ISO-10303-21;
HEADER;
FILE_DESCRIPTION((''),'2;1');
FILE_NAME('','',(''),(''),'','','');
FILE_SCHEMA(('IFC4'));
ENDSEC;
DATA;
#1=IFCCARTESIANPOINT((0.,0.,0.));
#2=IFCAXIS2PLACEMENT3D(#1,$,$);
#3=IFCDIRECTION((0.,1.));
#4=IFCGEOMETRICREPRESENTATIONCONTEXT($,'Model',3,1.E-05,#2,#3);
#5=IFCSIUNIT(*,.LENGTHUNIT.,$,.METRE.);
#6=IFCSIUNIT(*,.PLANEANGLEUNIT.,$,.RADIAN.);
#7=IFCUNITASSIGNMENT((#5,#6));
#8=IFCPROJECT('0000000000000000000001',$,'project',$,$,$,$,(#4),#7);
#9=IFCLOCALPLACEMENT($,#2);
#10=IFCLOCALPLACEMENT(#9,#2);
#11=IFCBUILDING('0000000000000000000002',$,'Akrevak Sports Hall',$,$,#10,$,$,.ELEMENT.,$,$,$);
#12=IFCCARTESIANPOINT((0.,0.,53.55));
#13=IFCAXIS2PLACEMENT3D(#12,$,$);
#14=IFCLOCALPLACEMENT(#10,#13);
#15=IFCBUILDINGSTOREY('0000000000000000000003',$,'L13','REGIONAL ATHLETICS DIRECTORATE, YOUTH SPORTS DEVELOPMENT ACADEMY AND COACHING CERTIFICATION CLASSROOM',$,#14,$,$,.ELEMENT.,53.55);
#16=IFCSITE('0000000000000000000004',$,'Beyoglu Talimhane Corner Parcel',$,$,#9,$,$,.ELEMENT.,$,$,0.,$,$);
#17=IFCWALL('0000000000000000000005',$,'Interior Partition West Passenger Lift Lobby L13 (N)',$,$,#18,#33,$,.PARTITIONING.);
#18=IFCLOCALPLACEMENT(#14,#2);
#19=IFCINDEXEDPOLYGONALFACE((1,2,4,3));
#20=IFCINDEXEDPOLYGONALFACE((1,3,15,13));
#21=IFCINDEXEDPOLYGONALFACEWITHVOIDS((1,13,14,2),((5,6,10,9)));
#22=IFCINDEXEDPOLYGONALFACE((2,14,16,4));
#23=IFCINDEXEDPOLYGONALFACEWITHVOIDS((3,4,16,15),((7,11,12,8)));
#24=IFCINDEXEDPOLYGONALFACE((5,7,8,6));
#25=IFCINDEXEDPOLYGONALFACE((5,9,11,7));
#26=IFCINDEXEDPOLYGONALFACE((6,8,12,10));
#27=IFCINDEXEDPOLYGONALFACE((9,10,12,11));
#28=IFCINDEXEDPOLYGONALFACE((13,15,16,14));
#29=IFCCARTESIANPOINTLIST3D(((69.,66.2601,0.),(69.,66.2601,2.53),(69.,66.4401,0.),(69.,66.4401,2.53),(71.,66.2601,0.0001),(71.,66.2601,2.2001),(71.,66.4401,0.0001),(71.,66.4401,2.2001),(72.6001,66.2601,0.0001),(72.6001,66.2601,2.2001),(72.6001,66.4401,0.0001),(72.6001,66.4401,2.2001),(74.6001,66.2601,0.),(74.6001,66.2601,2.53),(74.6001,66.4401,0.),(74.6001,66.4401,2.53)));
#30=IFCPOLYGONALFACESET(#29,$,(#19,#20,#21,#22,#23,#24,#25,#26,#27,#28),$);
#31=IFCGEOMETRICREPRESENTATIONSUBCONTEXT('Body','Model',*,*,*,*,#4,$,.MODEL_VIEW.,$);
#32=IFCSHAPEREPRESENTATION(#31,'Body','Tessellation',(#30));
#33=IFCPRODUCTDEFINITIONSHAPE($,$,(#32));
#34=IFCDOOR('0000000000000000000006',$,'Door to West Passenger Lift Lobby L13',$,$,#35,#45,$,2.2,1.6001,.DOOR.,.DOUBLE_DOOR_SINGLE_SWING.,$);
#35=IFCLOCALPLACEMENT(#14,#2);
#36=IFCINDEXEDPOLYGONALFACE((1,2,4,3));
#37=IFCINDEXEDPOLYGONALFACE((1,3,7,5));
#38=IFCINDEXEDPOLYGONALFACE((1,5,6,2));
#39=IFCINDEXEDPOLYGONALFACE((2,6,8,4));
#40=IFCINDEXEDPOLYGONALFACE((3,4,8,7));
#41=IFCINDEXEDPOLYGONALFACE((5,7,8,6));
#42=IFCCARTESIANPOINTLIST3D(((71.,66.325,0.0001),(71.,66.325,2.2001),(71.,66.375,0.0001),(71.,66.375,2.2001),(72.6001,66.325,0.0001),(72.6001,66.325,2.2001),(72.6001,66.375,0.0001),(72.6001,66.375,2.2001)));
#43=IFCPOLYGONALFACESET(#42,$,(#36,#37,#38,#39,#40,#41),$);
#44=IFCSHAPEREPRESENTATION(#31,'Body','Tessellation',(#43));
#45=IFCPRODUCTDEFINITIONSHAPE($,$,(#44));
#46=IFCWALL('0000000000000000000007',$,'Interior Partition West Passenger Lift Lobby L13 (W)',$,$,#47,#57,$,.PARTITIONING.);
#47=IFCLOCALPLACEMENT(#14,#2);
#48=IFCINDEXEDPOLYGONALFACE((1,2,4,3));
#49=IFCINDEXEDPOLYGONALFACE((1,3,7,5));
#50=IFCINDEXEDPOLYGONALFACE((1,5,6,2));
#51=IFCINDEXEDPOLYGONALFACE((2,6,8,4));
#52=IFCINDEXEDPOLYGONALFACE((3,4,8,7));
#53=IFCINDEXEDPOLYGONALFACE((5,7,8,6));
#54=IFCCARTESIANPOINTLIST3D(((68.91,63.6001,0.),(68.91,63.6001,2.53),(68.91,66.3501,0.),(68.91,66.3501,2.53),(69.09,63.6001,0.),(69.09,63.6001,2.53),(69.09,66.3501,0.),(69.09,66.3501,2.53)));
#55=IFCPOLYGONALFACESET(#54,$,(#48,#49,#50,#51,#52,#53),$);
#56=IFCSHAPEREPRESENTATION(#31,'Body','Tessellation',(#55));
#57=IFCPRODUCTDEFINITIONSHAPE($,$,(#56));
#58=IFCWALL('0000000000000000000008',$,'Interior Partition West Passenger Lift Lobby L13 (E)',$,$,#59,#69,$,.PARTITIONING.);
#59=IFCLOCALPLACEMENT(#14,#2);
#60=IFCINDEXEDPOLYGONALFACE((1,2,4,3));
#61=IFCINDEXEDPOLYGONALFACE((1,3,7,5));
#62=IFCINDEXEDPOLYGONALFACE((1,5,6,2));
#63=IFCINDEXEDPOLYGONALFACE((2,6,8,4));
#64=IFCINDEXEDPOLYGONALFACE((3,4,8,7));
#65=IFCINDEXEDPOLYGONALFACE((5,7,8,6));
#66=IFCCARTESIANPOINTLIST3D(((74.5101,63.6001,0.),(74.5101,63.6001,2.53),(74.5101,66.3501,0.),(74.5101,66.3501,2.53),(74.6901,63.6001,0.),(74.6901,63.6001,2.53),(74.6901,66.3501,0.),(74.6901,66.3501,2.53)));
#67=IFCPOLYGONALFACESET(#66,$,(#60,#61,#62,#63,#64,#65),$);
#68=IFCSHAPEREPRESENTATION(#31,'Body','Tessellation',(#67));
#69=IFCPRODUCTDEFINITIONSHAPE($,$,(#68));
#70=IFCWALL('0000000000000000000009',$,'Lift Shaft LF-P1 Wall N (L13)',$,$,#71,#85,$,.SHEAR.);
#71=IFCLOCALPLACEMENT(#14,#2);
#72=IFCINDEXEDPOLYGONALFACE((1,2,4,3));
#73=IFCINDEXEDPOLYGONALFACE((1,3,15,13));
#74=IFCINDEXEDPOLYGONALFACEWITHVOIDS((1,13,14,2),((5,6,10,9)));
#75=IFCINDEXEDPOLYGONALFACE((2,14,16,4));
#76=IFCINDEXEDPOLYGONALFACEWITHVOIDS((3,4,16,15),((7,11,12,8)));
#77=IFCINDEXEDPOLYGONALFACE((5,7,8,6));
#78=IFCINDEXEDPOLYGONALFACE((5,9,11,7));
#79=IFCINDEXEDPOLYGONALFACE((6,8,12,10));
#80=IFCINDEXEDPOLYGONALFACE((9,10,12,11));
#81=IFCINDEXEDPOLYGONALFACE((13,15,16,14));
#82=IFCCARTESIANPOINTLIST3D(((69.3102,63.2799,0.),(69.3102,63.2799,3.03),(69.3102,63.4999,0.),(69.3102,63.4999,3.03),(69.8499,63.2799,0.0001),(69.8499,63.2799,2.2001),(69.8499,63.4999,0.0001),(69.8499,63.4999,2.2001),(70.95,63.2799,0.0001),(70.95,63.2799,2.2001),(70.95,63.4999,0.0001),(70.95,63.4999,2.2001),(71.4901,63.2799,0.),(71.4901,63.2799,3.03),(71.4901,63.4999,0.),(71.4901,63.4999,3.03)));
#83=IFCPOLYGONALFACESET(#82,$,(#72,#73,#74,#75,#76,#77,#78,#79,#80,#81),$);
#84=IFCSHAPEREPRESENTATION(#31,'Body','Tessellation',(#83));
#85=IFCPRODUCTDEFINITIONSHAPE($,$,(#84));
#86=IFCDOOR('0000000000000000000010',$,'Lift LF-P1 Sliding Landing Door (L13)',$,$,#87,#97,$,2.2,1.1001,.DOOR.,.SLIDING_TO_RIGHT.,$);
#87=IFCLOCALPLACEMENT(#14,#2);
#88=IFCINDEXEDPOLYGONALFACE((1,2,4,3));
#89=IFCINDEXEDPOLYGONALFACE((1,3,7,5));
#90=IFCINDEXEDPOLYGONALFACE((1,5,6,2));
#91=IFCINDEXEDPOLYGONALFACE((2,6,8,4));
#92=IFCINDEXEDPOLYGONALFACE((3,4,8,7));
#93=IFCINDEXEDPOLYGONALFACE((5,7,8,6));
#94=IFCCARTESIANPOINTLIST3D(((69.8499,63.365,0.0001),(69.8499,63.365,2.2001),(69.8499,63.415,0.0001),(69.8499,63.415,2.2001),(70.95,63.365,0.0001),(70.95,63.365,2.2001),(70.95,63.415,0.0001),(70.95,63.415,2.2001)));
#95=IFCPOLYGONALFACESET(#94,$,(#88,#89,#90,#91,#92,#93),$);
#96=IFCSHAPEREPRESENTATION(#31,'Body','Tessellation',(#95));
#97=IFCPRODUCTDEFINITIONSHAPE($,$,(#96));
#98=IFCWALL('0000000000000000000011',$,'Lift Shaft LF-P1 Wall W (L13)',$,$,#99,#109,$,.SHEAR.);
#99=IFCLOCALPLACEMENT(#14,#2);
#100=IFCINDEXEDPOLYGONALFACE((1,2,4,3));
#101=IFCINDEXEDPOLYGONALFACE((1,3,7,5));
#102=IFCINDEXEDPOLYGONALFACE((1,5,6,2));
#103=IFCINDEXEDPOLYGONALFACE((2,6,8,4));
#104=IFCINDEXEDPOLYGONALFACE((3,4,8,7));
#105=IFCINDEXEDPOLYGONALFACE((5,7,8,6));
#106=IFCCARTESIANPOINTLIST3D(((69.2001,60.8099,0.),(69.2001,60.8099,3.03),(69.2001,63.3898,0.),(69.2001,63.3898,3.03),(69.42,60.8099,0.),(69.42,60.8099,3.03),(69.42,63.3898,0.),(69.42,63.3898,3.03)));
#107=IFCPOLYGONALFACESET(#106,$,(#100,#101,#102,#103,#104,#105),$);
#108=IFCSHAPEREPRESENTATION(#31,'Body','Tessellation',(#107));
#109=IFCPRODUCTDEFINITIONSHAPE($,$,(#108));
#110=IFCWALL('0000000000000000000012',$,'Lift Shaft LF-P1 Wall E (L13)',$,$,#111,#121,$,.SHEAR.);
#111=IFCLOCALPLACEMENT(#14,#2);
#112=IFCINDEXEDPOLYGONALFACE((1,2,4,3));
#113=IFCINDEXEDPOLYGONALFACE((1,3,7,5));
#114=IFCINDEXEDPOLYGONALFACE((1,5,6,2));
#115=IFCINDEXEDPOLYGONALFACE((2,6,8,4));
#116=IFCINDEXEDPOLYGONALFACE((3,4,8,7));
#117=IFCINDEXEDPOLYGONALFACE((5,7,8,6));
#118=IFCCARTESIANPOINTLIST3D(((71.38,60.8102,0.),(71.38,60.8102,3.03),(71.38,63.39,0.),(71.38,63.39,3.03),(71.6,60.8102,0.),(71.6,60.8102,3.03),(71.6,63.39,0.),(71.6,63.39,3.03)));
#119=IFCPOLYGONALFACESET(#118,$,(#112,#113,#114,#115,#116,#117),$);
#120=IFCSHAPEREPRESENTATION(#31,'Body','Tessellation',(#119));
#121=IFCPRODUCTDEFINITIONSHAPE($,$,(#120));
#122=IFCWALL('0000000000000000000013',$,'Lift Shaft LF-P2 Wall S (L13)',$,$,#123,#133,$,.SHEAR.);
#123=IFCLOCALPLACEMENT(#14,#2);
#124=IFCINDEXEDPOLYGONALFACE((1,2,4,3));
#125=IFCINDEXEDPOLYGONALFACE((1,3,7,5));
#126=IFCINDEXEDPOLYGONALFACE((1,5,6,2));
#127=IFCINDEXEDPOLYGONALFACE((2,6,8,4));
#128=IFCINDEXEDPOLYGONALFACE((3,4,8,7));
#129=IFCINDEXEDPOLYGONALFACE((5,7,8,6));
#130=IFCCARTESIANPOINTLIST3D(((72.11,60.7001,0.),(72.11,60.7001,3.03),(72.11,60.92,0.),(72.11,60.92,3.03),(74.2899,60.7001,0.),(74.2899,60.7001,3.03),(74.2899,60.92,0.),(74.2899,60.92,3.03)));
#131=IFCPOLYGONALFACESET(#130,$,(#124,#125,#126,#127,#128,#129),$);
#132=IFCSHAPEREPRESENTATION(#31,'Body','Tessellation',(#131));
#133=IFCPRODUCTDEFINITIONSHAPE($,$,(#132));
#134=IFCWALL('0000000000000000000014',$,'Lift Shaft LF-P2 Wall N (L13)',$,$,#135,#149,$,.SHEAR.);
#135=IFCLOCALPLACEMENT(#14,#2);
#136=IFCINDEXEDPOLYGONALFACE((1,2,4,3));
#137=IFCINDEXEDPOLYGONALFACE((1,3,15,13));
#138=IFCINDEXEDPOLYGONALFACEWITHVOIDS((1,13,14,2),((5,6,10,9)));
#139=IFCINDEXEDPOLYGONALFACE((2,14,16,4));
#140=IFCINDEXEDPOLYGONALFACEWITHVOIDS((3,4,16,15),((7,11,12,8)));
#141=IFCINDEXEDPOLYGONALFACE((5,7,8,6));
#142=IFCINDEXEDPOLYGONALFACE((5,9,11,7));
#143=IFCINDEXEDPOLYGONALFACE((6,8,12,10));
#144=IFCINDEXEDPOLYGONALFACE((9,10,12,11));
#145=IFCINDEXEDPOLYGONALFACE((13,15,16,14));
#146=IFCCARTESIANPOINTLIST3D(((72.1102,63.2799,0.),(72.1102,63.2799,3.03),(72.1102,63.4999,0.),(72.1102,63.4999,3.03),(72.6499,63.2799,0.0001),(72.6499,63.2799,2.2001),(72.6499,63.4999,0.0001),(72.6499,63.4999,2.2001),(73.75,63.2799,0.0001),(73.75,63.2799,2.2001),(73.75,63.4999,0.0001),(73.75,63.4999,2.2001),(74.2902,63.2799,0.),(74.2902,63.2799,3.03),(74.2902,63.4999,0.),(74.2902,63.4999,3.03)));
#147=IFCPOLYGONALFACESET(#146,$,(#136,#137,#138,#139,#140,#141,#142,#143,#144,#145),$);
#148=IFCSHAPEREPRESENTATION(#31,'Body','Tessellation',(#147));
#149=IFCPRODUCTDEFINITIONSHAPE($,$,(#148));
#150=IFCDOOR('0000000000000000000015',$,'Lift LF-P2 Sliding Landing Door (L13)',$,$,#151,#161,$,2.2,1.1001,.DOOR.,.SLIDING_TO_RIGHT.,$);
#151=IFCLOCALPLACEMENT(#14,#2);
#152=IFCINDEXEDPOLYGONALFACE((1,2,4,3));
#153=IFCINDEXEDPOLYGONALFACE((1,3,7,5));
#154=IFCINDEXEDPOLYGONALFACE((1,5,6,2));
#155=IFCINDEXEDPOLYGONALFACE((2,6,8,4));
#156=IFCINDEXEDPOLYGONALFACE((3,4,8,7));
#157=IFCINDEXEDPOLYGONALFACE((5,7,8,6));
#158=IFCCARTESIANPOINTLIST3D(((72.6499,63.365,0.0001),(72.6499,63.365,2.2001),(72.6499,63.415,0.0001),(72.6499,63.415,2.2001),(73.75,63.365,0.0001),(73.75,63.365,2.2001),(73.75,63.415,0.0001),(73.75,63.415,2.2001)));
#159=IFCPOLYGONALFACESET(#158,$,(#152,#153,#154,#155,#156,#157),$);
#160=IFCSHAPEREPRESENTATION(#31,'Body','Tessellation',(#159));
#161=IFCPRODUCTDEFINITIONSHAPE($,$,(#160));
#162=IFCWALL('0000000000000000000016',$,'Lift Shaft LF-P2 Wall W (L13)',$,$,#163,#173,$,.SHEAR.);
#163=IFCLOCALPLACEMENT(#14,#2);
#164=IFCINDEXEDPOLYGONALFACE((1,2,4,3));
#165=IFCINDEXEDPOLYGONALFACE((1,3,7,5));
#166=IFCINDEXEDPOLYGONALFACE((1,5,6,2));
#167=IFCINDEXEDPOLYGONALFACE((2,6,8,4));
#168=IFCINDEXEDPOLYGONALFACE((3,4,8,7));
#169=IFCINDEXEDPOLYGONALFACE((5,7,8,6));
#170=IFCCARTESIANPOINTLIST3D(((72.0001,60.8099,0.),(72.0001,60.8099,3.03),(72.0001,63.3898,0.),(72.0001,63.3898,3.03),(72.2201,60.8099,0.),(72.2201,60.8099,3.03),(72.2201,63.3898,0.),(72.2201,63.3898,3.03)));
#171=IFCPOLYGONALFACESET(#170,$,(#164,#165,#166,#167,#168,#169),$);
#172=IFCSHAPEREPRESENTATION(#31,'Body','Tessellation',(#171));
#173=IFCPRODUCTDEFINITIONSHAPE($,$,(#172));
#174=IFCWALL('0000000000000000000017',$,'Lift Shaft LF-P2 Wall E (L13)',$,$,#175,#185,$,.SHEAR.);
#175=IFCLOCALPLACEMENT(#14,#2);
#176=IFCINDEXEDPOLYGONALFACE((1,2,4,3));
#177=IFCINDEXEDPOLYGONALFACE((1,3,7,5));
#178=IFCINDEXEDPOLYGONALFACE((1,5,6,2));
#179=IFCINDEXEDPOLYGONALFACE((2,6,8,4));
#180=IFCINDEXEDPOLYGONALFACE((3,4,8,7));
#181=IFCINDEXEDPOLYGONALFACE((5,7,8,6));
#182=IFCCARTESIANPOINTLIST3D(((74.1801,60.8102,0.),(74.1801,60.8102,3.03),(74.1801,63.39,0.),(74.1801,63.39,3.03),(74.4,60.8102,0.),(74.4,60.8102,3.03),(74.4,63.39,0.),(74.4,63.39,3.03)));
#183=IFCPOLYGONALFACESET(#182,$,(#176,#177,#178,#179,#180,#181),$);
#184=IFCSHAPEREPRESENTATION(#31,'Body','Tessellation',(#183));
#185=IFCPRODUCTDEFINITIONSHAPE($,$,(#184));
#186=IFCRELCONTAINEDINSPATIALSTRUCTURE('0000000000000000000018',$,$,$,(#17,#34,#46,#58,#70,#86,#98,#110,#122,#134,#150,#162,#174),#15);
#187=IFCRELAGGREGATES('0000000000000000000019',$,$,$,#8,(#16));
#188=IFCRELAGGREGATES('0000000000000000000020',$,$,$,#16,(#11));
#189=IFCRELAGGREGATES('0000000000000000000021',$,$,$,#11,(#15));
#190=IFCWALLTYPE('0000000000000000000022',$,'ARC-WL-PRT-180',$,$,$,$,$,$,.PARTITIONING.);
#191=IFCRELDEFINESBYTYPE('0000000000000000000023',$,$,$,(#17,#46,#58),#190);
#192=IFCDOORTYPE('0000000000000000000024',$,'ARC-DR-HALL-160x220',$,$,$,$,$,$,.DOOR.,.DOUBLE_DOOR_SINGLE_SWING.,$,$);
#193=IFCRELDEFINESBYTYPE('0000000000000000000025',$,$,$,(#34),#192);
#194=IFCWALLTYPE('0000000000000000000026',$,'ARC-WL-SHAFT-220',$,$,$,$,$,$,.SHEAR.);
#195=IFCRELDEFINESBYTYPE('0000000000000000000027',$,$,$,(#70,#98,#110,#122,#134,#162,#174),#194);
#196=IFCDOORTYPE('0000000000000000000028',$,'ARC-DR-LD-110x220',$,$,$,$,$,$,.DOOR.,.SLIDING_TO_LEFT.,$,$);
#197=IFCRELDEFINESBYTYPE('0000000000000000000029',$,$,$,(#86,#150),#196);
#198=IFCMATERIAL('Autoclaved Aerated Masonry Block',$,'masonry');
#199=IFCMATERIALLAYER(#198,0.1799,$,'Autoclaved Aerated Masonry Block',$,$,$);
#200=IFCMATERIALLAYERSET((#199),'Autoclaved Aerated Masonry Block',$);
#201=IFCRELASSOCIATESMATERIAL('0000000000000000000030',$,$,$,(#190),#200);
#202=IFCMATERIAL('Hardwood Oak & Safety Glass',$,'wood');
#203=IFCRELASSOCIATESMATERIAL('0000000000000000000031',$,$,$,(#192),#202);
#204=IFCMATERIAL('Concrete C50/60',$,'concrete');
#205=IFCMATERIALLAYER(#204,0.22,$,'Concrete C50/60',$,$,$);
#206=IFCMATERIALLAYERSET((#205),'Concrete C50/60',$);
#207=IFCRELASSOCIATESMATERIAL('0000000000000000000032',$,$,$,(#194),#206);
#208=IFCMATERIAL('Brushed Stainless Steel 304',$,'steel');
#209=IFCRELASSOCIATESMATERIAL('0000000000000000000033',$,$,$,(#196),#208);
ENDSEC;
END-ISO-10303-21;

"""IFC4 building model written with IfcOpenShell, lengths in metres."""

from ifc_helpers import new_model, si_unit, direction, frame, frame_2d, origin, place, context, subcontext, project, spatial, rectangle, extrude, material, layer, layer_set, type_object, element, fill, save


model = new_model("IFC4")

# Units and contexts
model_context = context("Model", 3, precision=1e-05, world=origin(), true_north=direction((0.0, 1.0)))
body_context = subcontext(model_context, "Body", "Model", "MODEL_VIEW")
ifc_project = project(units=[si_unit("LENGTHUNIT", "METRE"), si_unit("PLANEANGLEUNIT", "RADIAN")], contexts=[model_context])

# Site, building, storey
site_placement = place(None, origin())
site = spatial("IfcSite", under=ifc_project, at=site_placement, Name="Beyoglu Talimhane Corner Parcel", CompositionType="ELEMENT", RefElevation=0.0)
building_placement = place(site_placement, origin())
building = spatial("IfcBuilding", under=site, at=building_placement, Name="Akrevak Sports Hall", CompositionType="ELEMENT")
storey_placement = place(building_placement, frame((0.0, 0.0, 53.55)))
storey = spatial("IfcBuildingStorey", under=building, at=storey_placement, Name="L13", Description="REGIONAL ATHLETICS DIRECTORATE, YOUTH SPORTS DEVELOPMENT ACADEMY AND COACHING CERTIFICATION CLASSROOM", CompositionType="ELEMENT", Elevation=53.55)

# Wall, opening, door
ifc_material_1 = material(Name="Autoclaved Aerated Masonry Block", Category="masonry")
ifc_layer_1 = layer(ifc_material_1, 0.1799, Name="Autoclaved Aerated Masonry Block")
ifc_layer_set_1 = layer_set([ifc_layer_1], Name="Autoclaved Aerated Masonry Block")
wall_type_1 = type_object("IfcWallType", Name="ARC-WL-PRT-180", PredefinedType="PARTITIONING", material=ifc_layer_set_1)
wall_1_placement = place(storey_placement, frame((69.0, 66.3501, 0.0), z_axis=(0.0, 0.0, 1.0), x_axis=(1.0, 0.0, 0.0)))
wall_1 = element("IfcWall", 1, at=wall_1_placement, inside=storey, type_object=wall_type_1, Name="Interior Partition West Passenger Lift Lobby L13 (N)", PredefinedType="PARTITIONING", context=body_context, shape_type="SweptSolid", body=[
    extrude(rectangle(XDim=5.6001, YDim=0.1799, at=frame_2d((2.8, 0.0))), origin(), (0.0, 0.0, 1.0), 2.53),
])
opening_1_placement = place(wall_1_placement, frame((2.0, 0.0, 0.0)))
opening_1 = element("IfcOpeningElement", 2, at=opening_1_placement, cuts=wall_1, PredefinedType="OPENING", context=body_context, shape_type="SweptSolid", body=[
    extrude(rectangle(XDim=1.6001, YDim=2.2, at=frame_2d((0.8, 1.1001))), frame((0.0, 0.1021, 0.0), z_axis=(0.0, -1.0, 0.0), x_axis=(1.0, 0.0, 0.0)), (0.0, 0.0, 1.0), 0.2039),
])
ifc_material_2 = material(Name="Hardwood Oak & Safety Glass", Category="wood")
door_type_1 = type_object("IfcDoorType", Name="ARC-DR-HALL-160x220", OperationType="DOUBLE_DOOR_SINGLE_SWING", PredefinedType="DOOR", material=ifc_material_2)
door_1_placement = place(opening_1_placement, origin())
door_1 = element("IfcDoor", 3, at=door_1_placement, inside=storey, type_object=door_type_1, Name="Door to West Passenger Lift Lobby L13", OperationType="DOUBLE_DOOR_SINGLE_SWING", OverallHeight=2.2, OverallWidth=1.6001, PredefinedType="DOOR", context=body_context, shape_type="SweptSolid", body=[
    extrude(rectangle(XDim=1.6001, YDim=2.2, at=frame_2d((0.8, 1.1001))), frame((0.0, 0.0249, 0.0), z_axis=(0.0, -1.0, 0.0), x_axis=(1.0, 0.0, 0.0)), (0.0, 0.0, 1.0), 0.05),
])
fill(opening_1, door_1)

# Walls
for number, where, z_axis, x_axis, name in (
    (4, (69.0, 63.6001, 0.0), (0.0, 0.0, 1.0), (0.0, 1.0, 0.0), "Interior Partition West Passenger Lift Lobby L13 (W)"),
    (5, (74.6001, 63.6001, 0.0), (0.0, 0.0, 1.0), (0.0, 1.0, 0.0), "Interior Partition West Passenger Lift Lobby L13 (E)"),
):
    element("IfcWall", number, at=place(storey_placement, frame(where, z_axis=z_axis, x_axis=x_axis)), inside=storey, type_object=wall_type_1, Name=name, PredefinedType="PARTITIONING", context=body_context, shape_type="SweptSolid", body=[
        extrude(rectangle(XDim=2.75, YDim=0.1799, at=frame_2d((1.375, 0.0))), origin(), (0.0, 0.0, 1.0), 2.53),
    ])
ifc_material_3 = material(Name="Concrete C50/60", Category="concrete")
ifc_layer_2 = layer(ifc_material_3, 0.22, Name="Concrete C50/60")
ifc_layer_set_2 = layer_set([ifc_layer_2], Name="Concrete C50/60")
wall_type_2 = type_object("IfcWallType", Name="ARC-WL-SHAFT-220", PredefinedType="SHEAR", material=ifc_layer_set_2)

# Wall, opening, door
wall_2_placement = place(storey_placement, frame((71.49, 63.3899, 0.0), z_axis=(0.0, 0.0, 1.0), x_axis=(-1.0, 0.0, 0.0)))
wall_2 = element("IfcWall", 6, at=wall_2_placement, inside=storey, type_object=wall_type_2, Name="Lift Shaft LF-P1 Wall N (L13)", PredefinedType="SHEAR", context=body_context, shape_type="SweptSolid", body=[
    extrude(rectangle(XDim=2.1799, YDim=0.22, at=frame_2d((1.0898, 0.0))), origin(), (0.0, 0.0, 1.0), 3.03),
])
opening_2_placement = place(wall_2_placement, frame((0.54, 0.0, 0.0)))
opening_2 = element("IfcOpeningElement", 7, at=opening_2_placement, cuts=wall_2, PredefinedType="OPENING", context=body_context, shape_type="SweptSolid", body=[
    extrude(rectangle(XDim=1.1001, YDim=2.2, at=frame_2d((0.55, 1.1001))), frame((0.0, 0.1221, 0.0), z_axis=(0.0, -1.0, 0.0), x_axis=(1.0, 0.0, 0.0)), (0.0, 0.0, 1.0), 0.2439),
])
ifc_material_4 = material(Name="Brushed Stainless Steel 304", Category="steel")
door_type_2 = type_object("IfcDoorType", Name="ARC-DR-LD-110x220", OperationType="SLIDING_TO_LEFT", PredefinedType="DOOR", material=ifc_material_4)
door_2_placement = place(opening_2_placement, origin())
door_2 = element("IfcDoor", 8, at=door_2_placement, inside=storey, type_object=door_type_2, Name="Lift LF-P1 Sliding Landing Door (L13)", OperationType="SLIDING_TO_RIGHT", OverallHeight=2.2, OverallWidth=1.1001, PredefinedType="DOOR", context=body_context, shape_type="SweptSolid", body=[
    extrude(rectangle(XDim=1.1001, YDim=2.2, at=frame_2d((0.55, 1.1001))), frame((0.0, 0.0249, 0.0), z_axis=(0.0, -1.0, 0.0), x_axis=(1.0, 0.0, 0.0)), (0.0, 0.0, 1.0), 0.05),
])
fill(opening_2, door_2)

# Walls
for number, where, z_axis, x_axis, name in (
    (9, (69.3101, 63.3899, 0.0), (0.0, 0.0, 1.0), (0.0, -1.0, 0.0), "Lift Shaft LF-P1 Wall W (L13)"),
    (10, (71.49, 60.8101, 0.0), (0.0, 0.0, 1.0), (0.0, 1.0, 0.0), "Lift Shaft LF-P1 Wall E (L13)"),
):
    element("IfcWall", number, at=place(storey_placement, frame(where, z_axis=z_axis, x_axis=x_axis)), inside=storey, type_object=wall_type_2, Name=name, PredefinedType="SHEAR", context=body_context, shape_type="SweptSolid", body=[
        extrude(rectangle(XDim=2.5798, YDim=0.22, at=frame_2d((1.29, 0.0))), origin(), (0.0, 0.0, 1.0), 3.03),
    ])
wall_3_placement = place(storey_placement, frame((72.1101, 60.8101, 0.0), z_axis=(0.0, 0.0, 1.0), x_axis=(1.0, 0.0, 0.0)))
element("IfcWall", 11, at=wall_3_placement, inside=storey, type_object=wall_type_2, Name="Lift Shaft LF-P2 Wall S (L13)", PredefinedType="SHEAR", context=body_context, shape_type="SweptSolid", body=[
    extrude(rectangle(XDim=2.1799, YDim=0.22, at=frame_2d((1.0898, 0.0))), origin(), (0.0, 0.0, 1.0), 3.03),
])

# Wall, opening, door
wall_4_placement = place(storey_placement, frame((74.29, 63.3899, 0.0), z_axis=(0.0, 0.0, 1.0), x_axis=(-1.0, 0.0, 0.0)))
wall_4 = element("IfcWall", 12, at=wall_4_placement, inside=storey, type_object=wall_type_2, Name="Lift Shaft LF-P2 Wall N (L13)", PredefinedType="SHEAR", context=body_context, shape_type="SweptSolid", body=[
    extrude(rectangle(XDim=2.1799, YDim=0.22, at=frame_2d((1.0898, 0.0))), origin(), (0.0, 0.0, 1.0), 3.03),
])
opening_3_placement = place(wall_4_placement, frame((0.54, 0.0, 0.0)))
opening_3 = element("IfcOpeningElement", 13, at=opening_3_placement, cuts=wall_4, PredefinedType="OPENING", context=body_context, shape_type="SweptSolid", body=[
    extrude(rectangle(XDim=1.1001, YDim=2.2, at=frame_2d((0.55, 1.1001))), frame((0.0, 0.1221, 0.0), z_axis=(0.0, -1.0, 0.0), x_axis=(1.0, 0.0, 0.0)), (0.0, 0.0, 1.0), 0.2439),
])
door_3_placement = place(opening_3_placement, origin())
door_3 = element("IfcDoor", 14, at=door_3_placement, inside=storey, type_object=door_type_2, Name="Lift LF-P2 Sliding Landing Door (L13)", OperationType="SLIDING_TO_RIGHT", OverallHeight=2.2, OverallWidth=1.1001, PredefinedType="DOOR", context=body_context, shape_type="SweptSolid", body=[
    extrude(rectangle(XDim=1.1001, YDim=2.2, at=frame_2d((0.55, 1.1001))), frame((0.0, 0.0249, 0.0), z_axis=(0.0, -1.0, 0.0), x_axis=(1.0, 0.0, 0.0)), (0.0, 0.0, 1.0), 0.05),
])
fill(opening_3, door_3)

# Walls
for number, where, z_axis, x_axis, name in (
    (15, (72.1101, 63.3899, 0.0), (0.0, 0.0, 1.0), (0.0, -1.0, 0.0), "Lift Shaft LF-P2 Wall W (L13)"),
    (16, (74.29, 60.8101, 0.0), (0.0, 0.0, 1.0), (0.0, 1.0, 0.0), "Lift Shaft LF-P2 Wall E (L13)"),
):
    element("IfcWall", number, at=place(storey_placement, frame(where, z_axis=z_axis, x_axis=x_axis)), inside=storey, type_object=wall_type_2, Name=name, PredefinedType="SHEAR", context=body_context, shape_type="SweptSolid", body=[
        extrude(rectangle(XDim=2.5798, YDim=0.22, at=frame_2d((1.29, 0.0))), origin(), (0.0, 0.0, 1.0), 3.03),
    ])

save(model, "model.ifc")
